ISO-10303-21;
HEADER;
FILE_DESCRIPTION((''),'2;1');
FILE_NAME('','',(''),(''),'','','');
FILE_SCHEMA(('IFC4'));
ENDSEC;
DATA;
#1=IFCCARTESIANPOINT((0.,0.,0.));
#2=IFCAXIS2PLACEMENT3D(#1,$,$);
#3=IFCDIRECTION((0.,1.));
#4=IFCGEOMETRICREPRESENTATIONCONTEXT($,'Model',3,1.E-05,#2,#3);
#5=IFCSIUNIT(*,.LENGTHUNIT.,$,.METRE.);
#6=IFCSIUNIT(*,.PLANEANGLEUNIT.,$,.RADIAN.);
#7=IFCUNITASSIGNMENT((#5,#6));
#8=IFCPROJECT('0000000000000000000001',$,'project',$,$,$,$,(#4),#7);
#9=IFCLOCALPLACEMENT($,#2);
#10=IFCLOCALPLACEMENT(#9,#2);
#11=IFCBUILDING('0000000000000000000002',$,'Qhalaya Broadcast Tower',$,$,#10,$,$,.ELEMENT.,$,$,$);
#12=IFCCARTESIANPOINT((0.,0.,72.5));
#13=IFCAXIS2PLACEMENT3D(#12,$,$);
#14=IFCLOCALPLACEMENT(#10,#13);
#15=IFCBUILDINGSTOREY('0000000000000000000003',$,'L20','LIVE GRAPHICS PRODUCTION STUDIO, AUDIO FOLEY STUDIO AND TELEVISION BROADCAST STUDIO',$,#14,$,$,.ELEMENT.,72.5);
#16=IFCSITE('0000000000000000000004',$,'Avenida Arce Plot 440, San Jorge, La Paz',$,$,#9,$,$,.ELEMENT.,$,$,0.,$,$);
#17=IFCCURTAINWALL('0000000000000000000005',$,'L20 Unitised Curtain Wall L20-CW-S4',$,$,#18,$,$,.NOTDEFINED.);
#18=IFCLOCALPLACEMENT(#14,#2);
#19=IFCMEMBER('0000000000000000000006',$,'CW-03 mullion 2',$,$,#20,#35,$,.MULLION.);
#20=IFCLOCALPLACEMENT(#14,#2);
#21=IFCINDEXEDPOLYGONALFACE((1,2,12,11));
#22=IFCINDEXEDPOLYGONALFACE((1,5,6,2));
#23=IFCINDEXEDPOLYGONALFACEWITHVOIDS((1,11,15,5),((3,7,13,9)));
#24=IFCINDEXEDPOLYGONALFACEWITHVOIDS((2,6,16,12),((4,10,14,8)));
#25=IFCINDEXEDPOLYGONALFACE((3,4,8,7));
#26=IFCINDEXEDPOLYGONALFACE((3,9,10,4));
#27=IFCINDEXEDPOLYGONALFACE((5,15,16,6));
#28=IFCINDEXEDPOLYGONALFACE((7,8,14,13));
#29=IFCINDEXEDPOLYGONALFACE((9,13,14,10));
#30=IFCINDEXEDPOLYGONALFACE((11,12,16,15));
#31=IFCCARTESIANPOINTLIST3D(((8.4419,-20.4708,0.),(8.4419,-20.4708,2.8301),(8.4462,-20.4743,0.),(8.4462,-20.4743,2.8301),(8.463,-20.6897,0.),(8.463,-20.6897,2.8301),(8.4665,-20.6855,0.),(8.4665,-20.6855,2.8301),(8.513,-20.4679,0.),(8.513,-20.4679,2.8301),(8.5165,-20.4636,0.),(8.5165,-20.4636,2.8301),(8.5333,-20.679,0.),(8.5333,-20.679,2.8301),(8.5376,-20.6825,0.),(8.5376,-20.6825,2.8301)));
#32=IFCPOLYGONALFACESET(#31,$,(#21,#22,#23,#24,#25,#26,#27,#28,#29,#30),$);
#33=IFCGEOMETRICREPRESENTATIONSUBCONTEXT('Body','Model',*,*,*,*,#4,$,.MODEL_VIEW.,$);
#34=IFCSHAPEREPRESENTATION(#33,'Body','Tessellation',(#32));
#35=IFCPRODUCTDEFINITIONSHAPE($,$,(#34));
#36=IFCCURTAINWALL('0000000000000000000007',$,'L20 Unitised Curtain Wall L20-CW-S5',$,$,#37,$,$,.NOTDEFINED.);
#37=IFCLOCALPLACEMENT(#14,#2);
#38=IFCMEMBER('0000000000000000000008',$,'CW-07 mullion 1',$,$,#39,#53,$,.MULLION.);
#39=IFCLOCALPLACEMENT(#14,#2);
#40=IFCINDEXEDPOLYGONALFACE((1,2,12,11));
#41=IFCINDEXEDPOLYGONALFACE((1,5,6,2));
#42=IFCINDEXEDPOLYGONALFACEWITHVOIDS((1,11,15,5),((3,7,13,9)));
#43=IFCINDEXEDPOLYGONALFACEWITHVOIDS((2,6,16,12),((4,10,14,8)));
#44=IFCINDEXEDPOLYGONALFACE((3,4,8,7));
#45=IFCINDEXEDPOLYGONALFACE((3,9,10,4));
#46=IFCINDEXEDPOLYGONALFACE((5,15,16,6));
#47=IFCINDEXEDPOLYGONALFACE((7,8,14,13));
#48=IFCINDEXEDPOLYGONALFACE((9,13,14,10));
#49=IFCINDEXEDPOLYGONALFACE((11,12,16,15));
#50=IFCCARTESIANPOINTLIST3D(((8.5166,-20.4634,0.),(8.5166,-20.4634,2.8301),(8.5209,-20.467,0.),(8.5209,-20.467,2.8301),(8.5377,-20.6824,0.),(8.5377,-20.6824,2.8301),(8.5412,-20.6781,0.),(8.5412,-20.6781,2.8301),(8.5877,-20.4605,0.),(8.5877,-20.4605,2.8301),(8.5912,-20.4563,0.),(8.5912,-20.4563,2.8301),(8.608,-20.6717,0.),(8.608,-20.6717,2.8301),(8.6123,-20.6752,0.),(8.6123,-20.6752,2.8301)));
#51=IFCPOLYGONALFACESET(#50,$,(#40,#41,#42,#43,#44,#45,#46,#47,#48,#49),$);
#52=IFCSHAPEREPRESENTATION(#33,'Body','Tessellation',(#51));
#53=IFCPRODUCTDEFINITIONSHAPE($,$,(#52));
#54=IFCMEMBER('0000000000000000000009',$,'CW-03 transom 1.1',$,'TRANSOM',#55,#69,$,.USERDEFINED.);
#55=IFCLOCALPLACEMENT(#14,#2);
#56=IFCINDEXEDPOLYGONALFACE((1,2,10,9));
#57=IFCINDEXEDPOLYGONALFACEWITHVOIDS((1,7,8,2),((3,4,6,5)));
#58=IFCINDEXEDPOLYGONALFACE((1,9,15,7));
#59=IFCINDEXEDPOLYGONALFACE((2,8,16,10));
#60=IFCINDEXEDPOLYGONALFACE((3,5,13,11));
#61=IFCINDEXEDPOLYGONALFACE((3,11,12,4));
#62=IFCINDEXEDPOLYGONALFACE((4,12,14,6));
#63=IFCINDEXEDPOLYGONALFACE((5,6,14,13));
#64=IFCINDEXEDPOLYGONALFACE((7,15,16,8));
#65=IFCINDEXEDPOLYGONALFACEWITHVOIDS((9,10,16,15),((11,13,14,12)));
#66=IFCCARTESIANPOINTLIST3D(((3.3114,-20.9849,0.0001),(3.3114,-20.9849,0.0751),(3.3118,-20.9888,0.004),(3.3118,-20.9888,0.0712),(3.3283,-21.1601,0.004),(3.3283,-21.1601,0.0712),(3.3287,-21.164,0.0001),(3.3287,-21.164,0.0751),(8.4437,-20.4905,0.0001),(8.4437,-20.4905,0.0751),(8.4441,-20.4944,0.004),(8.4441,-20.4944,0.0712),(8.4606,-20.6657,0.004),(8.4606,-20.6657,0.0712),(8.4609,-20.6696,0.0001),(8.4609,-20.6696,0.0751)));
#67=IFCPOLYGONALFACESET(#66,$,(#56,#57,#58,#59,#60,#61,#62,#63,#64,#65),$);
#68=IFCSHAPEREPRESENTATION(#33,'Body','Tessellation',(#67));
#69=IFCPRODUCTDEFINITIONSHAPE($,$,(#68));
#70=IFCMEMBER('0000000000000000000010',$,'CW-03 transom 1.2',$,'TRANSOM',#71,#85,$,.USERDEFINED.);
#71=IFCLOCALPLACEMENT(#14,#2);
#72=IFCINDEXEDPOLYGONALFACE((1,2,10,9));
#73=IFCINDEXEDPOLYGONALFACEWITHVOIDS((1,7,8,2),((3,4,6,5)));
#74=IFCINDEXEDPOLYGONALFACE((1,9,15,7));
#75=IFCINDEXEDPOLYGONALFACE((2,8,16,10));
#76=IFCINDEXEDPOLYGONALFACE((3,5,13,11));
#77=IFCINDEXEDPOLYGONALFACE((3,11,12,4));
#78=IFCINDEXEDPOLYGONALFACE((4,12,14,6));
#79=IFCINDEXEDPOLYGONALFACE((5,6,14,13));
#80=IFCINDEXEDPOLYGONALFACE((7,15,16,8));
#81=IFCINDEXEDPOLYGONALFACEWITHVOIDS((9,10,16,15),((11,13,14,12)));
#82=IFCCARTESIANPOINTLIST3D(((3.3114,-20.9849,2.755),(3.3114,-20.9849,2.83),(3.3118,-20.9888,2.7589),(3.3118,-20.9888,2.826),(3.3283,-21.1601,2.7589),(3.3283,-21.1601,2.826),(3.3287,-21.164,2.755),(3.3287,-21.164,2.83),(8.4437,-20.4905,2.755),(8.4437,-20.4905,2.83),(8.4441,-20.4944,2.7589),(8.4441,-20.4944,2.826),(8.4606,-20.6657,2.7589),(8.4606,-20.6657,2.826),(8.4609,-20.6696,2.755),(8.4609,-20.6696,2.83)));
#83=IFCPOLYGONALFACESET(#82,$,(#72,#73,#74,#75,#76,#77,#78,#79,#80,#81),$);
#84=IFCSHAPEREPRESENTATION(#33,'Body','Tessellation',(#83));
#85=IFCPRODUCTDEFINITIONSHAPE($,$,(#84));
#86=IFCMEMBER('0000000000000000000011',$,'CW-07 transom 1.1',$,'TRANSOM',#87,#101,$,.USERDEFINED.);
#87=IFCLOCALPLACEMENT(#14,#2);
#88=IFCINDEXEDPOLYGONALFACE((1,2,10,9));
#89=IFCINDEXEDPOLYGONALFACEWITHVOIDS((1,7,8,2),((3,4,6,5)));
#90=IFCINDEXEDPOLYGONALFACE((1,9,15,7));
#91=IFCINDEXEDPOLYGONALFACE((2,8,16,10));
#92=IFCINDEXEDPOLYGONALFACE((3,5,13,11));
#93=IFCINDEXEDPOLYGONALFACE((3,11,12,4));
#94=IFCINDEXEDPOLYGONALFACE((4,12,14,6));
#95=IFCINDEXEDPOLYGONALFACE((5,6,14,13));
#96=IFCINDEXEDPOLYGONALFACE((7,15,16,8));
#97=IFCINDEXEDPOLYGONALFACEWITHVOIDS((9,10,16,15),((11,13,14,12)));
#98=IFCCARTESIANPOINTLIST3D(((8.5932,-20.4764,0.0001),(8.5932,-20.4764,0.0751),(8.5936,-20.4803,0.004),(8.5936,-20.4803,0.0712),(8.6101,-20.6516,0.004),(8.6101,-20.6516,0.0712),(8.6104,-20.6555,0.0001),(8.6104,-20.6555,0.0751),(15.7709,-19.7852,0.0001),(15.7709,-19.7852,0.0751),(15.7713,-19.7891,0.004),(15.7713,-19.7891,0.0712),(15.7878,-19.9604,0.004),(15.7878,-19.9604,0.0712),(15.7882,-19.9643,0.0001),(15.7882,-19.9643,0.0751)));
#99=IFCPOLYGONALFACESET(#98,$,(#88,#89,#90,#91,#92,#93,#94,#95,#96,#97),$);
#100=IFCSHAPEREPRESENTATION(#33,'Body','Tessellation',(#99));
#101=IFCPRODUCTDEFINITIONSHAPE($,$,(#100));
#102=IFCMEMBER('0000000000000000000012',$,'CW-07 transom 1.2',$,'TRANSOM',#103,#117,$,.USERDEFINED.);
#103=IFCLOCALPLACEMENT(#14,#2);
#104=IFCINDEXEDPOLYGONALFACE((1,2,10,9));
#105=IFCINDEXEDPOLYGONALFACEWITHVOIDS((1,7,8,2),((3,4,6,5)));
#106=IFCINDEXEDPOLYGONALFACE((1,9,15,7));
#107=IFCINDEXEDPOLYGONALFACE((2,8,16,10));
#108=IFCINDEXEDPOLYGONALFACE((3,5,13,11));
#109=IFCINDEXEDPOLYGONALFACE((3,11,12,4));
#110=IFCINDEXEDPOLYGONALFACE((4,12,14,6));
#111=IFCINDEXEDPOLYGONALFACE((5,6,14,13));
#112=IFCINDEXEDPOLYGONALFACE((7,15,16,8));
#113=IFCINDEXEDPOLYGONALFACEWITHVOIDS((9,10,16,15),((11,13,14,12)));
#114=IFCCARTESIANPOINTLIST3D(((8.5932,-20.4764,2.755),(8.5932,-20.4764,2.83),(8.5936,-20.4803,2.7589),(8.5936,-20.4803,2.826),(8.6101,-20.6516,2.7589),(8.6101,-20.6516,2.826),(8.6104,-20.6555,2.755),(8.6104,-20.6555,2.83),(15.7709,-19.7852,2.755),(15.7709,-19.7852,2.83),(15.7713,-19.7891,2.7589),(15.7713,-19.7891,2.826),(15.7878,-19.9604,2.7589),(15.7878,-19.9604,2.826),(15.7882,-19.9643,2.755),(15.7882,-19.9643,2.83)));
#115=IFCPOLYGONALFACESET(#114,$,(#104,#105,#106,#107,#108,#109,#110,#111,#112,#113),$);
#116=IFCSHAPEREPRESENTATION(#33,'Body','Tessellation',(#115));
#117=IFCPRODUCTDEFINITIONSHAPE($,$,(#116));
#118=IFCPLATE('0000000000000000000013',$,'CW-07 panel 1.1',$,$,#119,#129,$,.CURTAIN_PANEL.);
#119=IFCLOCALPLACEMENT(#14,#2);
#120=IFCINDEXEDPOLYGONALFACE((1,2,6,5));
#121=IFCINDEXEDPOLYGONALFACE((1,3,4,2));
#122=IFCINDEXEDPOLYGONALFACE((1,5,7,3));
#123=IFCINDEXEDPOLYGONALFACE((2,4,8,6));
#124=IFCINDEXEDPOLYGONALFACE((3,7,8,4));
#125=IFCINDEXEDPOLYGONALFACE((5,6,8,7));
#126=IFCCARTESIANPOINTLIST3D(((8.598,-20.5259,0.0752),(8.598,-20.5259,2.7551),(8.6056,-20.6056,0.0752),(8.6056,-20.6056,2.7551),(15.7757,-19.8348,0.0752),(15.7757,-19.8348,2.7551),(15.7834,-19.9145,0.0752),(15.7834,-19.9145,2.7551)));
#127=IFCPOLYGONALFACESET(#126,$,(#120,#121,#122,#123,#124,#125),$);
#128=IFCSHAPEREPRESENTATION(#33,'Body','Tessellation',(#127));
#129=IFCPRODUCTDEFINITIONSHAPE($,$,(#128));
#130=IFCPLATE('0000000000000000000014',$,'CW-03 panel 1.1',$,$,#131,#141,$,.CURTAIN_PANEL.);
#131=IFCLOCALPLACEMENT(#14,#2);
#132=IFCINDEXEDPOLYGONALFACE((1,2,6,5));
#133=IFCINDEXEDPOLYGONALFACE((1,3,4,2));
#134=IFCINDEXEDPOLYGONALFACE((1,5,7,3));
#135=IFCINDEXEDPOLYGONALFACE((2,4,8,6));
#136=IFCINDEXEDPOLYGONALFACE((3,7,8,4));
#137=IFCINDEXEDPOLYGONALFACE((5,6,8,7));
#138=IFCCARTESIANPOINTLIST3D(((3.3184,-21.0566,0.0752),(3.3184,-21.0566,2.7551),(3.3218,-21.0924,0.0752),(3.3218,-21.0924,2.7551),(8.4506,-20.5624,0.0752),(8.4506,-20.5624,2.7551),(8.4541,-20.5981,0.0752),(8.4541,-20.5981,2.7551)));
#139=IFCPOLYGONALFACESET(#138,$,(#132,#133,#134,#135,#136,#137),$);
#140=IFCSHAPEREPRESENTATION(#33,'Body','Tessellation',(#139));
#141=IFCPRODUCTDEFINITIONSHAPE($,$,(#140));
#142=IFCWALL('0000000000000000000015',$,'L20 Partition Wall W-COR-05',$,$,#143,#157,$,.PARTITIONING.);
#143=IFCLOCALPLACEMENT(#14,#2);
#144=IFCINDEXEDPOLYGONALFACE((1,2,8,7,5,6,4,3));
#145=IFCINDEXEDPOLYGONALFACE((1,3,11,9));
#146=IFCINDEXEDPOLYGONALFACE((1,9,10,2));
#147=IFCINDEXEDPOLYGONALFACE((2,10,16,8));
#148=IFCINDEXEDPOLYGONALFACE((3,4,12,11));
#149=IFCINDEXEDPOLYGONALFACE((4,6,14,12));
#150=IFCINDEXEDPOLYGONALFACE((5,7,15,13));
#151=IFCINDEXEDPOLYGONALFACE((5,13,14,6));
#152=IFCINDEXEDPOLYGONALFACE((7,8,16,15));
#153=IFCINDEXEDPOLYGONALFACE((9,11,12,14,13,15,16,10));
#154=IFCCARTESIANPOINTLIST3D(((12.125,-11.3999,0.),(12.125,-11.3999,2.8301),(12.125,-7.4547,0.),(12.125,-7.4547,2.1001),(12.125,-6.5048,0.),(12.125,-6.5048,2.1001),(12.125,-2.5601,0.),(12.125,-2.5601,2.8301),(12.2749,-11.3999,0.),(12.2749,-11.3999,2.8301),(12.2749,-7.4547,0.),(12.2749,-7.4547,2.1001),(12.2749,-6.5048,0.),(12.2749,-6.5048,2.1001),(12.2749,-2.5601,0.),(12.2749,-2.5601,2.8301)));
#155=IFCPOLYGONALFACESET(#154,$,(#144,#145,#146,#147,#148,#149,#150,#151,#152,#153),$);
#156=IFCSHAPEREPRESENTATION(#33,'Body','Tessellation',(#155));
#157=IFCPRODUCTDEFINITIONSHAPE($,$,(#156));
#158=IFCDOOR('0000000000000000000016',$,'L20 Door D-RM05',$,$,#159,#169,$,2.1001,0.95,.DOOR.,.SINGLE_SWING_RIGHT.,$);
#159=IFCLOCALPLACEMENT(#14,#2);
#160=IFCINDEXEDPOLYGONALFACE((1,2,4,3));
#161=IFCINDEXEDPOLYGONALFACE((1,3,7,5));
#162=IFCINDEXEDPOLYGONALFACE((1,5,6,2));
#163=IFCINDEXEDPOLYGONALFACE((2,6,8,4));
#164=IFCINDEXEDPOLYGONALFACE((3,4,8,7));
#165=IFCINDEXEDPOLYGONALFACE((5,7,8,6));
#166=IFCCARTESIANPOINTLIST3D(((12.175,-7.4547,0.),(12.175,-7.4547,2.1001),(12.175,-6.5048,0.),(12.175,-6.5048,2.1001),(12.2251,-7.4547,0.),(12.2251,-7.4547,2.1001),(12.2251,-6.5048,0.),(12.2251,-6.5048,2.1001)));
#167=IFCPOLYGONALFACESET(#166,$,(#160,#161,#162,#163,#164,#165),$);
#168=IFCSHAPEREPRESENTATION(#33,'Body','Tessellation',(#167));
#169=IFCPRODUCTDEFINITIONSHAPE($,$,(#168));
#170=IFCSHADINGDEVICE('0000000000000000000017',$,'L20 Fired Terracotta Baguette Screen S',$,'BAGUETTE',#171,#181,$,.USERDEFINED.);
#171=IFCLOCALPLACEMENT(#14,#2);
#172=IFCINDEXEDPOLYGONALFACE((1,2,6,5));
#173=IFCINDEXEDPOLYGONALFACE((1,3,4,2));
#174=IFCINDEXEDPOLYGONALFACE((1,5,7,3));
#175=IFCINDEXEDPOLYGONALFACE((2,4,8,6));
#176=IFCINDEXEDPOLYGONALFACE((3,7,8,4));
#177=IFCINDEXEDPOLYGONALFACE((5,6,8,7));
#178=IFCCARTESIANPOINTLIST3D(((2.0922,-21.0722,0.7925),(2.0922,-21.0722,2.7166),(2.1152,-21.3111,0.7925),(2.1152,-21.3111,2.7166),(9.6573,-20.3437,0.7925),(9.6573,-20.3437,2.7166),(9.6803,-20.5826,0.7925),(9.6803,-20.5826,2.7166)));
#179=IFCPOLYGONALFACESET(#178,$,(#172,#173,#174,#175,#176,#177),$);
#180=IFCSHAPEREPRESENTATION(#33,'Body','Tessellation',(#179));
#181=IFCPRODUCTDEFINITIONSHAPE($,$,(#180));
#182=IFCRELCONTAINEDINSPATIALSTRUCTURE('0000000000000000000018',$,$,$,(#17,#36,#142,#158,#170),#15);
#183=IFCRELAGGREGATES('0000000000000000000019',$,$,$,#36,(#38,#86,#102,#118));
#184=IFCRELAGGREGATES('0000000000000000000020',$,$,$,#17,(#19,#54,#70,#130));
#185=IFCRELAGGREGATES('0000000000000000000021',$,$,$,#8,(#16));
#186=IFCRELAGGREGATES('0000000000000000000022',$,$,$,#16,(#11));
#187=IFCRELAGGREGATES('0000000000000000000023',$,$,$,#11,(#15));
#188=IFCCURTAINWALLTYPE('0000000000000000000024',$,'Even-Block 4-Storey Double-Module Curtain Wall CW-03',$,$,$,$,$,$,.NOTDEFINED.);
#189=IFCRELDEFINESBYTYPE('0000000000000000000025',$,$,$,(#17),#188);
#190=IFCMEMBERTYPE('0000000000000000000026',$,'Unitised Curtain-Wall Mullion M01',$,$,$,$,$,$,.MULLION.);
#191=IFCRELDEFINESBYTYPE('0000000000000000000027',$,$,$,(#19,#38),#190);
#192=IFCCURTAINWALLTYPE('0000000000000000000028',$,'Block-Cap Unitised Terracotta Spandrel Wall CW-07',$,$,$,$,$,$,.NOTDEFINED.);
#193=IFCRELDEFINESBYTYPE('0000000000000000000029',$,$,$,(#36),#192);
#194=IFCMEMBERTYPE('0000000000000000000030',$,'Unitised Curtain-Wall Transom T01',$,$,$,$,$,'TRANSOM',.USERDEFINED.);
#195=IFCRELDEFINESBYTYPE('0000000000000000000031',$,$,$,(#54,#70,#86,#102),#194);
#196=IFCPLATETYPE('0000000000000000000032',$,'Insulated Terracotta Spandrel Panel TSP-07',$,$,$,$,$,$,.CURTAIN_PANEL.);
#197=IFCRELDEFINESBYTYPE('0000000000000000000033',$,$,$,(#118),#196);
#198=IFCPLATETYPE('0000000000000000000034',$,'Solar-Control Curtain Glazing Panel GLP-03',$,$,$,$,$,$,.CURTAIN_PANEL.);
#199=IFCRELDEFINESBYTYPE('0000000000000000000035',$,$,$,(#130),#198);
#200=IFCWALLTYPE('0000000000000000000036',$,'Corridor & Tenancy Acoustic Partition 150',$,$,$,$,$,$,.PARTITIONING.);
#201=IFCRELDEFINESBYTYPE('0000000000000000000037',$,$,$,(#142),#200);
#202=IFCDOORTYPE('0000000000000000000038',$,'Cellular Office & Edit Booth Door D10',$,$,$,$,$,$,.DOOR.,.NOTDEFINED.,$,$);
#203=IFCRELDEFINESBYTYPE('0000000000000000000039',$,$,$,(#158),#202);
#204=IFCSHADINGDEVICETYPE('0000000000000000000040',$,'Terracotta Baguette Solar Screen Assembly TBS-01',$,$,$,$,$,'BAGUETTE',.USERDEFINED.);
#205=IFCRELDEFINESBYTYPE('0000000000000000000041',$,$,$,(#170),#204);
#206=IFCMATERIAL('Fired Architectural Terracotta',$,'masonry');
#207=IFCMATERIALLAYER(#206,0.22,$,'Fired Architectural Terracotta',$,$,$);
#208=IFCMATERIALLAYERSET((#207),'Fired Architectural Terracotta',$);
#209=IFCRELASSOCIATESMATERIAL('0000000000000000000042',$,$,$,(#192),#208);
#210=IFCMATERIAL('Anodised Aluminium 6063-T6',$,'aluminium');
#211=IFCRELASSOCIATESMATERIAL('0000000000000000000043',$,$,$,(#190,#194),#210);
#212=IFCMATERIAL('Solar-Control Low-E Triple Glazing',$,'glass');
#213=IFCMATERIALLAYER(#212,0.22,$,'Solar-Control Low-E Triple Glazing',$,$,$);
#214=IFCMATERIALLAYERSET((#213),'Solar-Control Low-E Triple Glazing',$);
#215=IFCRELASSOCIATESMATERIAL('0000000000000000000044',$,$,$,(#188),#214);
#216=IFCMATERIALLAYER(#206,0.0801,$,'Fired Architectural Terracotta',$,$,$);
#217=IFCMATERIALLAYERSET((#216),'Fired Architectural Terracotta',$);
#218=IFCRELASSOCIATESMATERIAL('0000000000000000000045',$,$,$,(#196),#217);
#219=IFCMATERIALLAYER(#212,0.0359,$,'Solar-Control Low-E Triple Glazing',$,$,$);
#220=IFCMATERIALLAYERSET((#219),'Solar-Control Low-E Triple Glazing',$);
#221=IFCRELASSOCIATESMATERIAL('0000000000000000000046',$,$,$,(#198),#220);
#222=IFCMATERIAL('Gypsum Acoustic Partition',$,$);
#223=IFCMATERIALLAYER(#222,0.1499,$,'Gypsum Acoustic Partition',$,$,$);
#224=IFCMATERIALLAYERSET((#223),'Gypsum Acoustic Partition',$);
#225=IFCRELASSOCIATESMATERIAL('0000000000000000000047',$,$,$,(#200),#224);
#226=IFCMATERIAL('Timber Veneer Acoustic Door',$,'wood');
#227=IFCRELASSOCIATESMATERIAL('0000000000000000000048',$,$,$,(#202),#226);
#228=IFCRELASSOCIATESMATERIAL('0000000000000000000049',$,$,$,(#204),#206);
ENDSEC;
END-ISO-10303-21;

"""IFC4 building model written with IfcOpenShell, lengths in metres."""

from ifc_helpers import new_model, si_unit, direction, frame, frame_2d, origin, origin_2d, place, context, subcontext, project, spatial, rectangle, hollow_rectangle, extrude, material, layer, layer_set, material_profile, profile_set, type_object, element, fill, aggregate, save


model = new_model("IFC4")

# Units and contexts
model_context = context("Model", 3, precision=1e-05, world=origin(), true_north=direction((0.0, 1.0)))
body_context = subcontext(model_context, "Body", "Model", "MODEL_VIEW")
ifc_project = project(units=[si_unit("LENGTHUNIT", "METRE"), si_unit("PLANEANGLEUNIT", "RADIAN")], contexts=[model_context])

# Site, building, storey
site_placement = place(None, origin())
site = spatial("IfcSite", under=ifc_project, at=site_placement, Name="Avenida Arce Plot 440, San Jorge, La Paz", CompositionType="ELEMENT", RefElevation=0.0)
building_placement = place(site_placement, origin())
building = spatial("IfcBuilding", under=site, at=building_placement, Name="Qhalaya Broadcast Tower", CompositionType="ELEMENT")
storey_placement = place(building_placement, frame((0.0, 0.0, 72.5)))
storey = spatial("IfcBuildingStorey", under=building, at=storey_placement, Name="L20", Description="LIVE GRAPHICS PRODUCTION STUDIO, AUDIO FOLEY STUDIO AND TELEVISION BROADCAST STUDIO", CompositionType="ELEMENT", Elevation=72.5)

# Shared definitions
ifc_material_1 = material(Name="Fired Architectural Terracotta", Category="masonry")
ifc_layer_1 = layer(ifc_material_1, 0.22, Name="Fired Architectural Terracotta")
ifc_layer_set_1 = layer_set([ifc_layer_1], Name="Fired Architectural Terracotta")
curtain_wall_type_1 = type_object("IfcCurtainWallType", Name="Block-Cap Unitised Terracotta Spandrel Wall CW-07", PredefinedType="NOTDEFINED", material=ifc_layer_set_1)
ifc_material_2 = material(Name="Anodised Aluminium 6063-T6", Category="aluminium")
ifc_material_profile_1 = material_profile(ifc_material_2, hollow_rectangle(XDim=0.075, YDim=0.22, WallThickness=0.0039, at=origin_2d()), Name="ALU-MUL 75x220x4")
ifc_profile_set_1 = profile_set([ifc_material_profile_1], Name="Anodised Aluminium 6063-T6")
member_type_1 = type_object("IfcMemberType", Name="Unitised Curtain-Wall Mullion M01", PredefinedType="MULLION", material=ifc_profile_set_1)

# Curtain wall, member
ifc_material_3 = material(Name="Solar-Control Low-E Triple Glazing", Category="glass")
ifc_layer_2 = layer(ifc_material_3, 0.22, Name="Solar-Control Low-E Triple Glazing")
ifc_layer_set_2 = layer_set([ifc_layer_2], Name="Solar-Control Low-E Triple Glazing")
curtain_wall_type_2 = type_object("IfcCurtainWallType", Name="Even-Block 4-Storey Double-Module Curtain Wall CW-03", PredefinedType="NOTDEFINED", material=ifc_layer_set_2)
curtain_wall_1_placement = place(storey_placement, origin())
curtain_wall_1 = element("IfcCurtainWall", 1, at=curtain_wall_1_placement, inside=storey, type_object=curtain_wall_type_2, Name="L20 Unitised Curtain Wall L20-CW-S4", PredefinedType="NOTDEFINED")
member_1_placement = place(storey_placement, frame((8.4897, -20.5767, 0.0), z_axis=(0.0, 0.0, 1.0), x_axis=(0.995395, 0.095853, 0.0)))
member_1 = element("IfcMember", 2, at=member_1_placement, type_object=member_type_1, Name="CW-03 mullion 2", PredefinedType="MULLION", context=body_context, shape_type="SweptSolid", body=[
    extrude(hollow_rectangle(XDim=0.075, YDim=0.22, WallThickness=0.0039, at=origin_2d()), origin(), (0.0, 0.0, 1.0), 2.8301),
])

# Curtain wall, member
curtain_wall_2_placement = place(storey_placement, origin())
curtain_wall_2 = element("IfcCurtainWall", 3, at=curtain_wall_2_placement, inside=storey, type_object=curtain_wall_type_1, Name="L20 Unitised Curtain Wall L20-CW-S5", PredefinedType="NOTDEFINED")
member_2_placement = place(storey_placement, frame((8.5645, -20.5693, 0.0), z_axis=(0.0, 0.0, 1.0), x_axis=(0.995396, 0.095843, 0.0)))
member_2 = element("IfcMember", 4, at=member_2_placement, type_object=member_type_1, Name="CW-07 mullion 1", PredefinedType="MULLION", context=body_context, shape_type="SweptSolid", body=[
    extrude(hollow_rectangle(XDim=0.075, YDim=0.22, WallThickness=0.0039, at=origin_2d()), origin(), (0.0, 0.0, 1.0), 2.8301),
])

# Members
ifc_material_profile_2 = material_profile(ifc_material_2, hollow_rectangle(XDim=0.075, YDim=0.1799, WallThickness=0.0039, at=origin_2d()), Name="ALU-TRN 75x180x4")
ifc_profile_set_2 = profile_set([ifc_material_profile_2], Name="Anodised Aluminium 6063-T6")
member_type_2 = type_object("IfcMemberType", Name="Unitised Curtain-Wall Transom T01", ElementType="TRANSOM", PredefinedType="USERDEFINED", material=ifc_profile_set_2)
member_3_placement = place(storey_placement, frame((3.3201, -21.0745, 0.0376), z_axis=(0.995393, 0.095884, 0.0), x_axis=(0.0, 0.0, 1.0)))
member_3 = element("IfcMember", 5, at=member_3_placement, type_object=member_type_2, Name="CW-03 transom 1.1", ObjectType="TRANSOM", PredefinedType="USERDEFINED", context=body_context, shape_type="SweptSolid", body=[
    extrude(hollow_rectangle(XDim=0.075, YDim=0.1799, WallThickness=0.0039, at=origin_2d()), origin(), (0.0, 0.0, 1.0), 5.156),
])
member_4_placement = place(storey_placement, frame((3.3201, -21.0745, 2.7925), z_axis=(0.995393, 0.095884, 0.0), x_axis=(0.0, 0.0, 1.0)))
member_4 = element("IfcMember", 6, at=member_4_placement, type_object=member_type_2, Name="CW-03 transom 1.2", ObjectType="TRANSOM", PredefinedType="USERDEFINED", context=body_context, shape_type="SweptSolid", body=[
    extrude(hollow_rectangle(XDim=0.075, YDim=0.1799, WallThickness=0.0039, at=origin_2d()), origin(), (0.0, 0.0, 1.0), 5.156),
])
member_5_placement = place(storey_placement, frame((8.6018, -20.5659, 0.0376), z_axis=(0.995396, 0.095849, 0.0), x_axis=(0.0, 0.0, 1.0)))
member_5 = element("IfcMember", 7, at=member_5_placement, type_object=member_type_2, Name="CW-07 transom 1.1", ObjectType="TRANSOM", PredefinedType="USERDEFINED", context=body_context, shape_type="SweptSolid", body=[
    extrude(hollow_rectangle(XDim=0.075, YDim=0.1799, WallThickness=0.0039, at=origin_2d()), origin(), (0.0, 0.0, 1.0), 7.2109),
])
member_6_placement = place(storey_placement, frame((8.6018, -20.5659, 2.7925), z_axis=(0.995396, 0.095849, 0.0), x_axis=(0.0, 0.0, 1.0)))
member_6 = element("IfcMember", 8, at=member_6_placement, type_object=member_type_2, Name="CW-07 transom 1.2", ObjectType="TRANSOM", PredefinedType="USERDEFINED", context=body_context, shape_type="SweptSolid", body=[
    extrude(hollow_rectangle(XDim=0.075, YDim=0.1799, WallThickness=0.0039, at=origin_2d()), origin(), (0.0, 0.0, 1.0), 7.2109),
])

# Plates
ifc_layer_3 = layer(ifc_material_1, 0.0801, Name="Fired Architectural Terracotta")
ifc_layer_set_3 = layer_set([ifc_layer_3], Name="Fired Architectural Terracotta")
plate_type_1 = type_object("IfcPlateType", Name="Insulated Terracotta Spandrel Panel TSP-07", PredefinedType="CURTAIN_PANEL", material=ifc_layer_set_3)
plate_1_placement = place(storey_placement, frame((12.1907, -20.2202, 0.0752), z_axis=(0.0, 0.0, 1.0), x_axis=(0.995396, 0.095843, 0.0)))
plate_1 = element("IfcPlate", 9, at=plate_1_placement, type_object=plate_type_1, Name="CW-07 panel 1.1", PredefinedType="CURTAIN_PANEL", context=body_context, shape_type="SweptSolid", body=[
    extrude(rectangle(XDim=7.2109, YDim=0.0801, at=origin_2d()), origin(), (0.0, 0.0, 1.0), 2.6799),
])
aggregate(curtain_wall_2, [member_2, member_5, member_6, plate_1])
ifc_layer_4 = layer(ifc_material_3, 0.0359, Name="Solar-Control Low-E Triple Glazing")
ifc_layer_set_4 = layer_set([ifc_layer_4], Name="Solar-Control Low-E Triple Glazing")
plate_type_2 = type_object("IfcPlateType", Name="Solar-Control Curtain Glazing Panel GLP-03", PredefinedType="CURTAIN_PANEL", material=ifc_layer_set_4)
plate_2_placement = place(storey_placement, frame((5.8862, -20.8274, 0.0752), z_axis=(0.0, 0.0, 1.0), x_axis=(0.995395, 0.095853, 0.0)))
plate_2 = element("IfcPlate", 10, at=plate_2_placement, type_object=plate_type_2, Name="CW-03 panel 1.1", PredefinedType="CURTAIN_PANEL", context=body_context, shape_type="SweptSolid", body=[
    extrude(rectangle(XDim=5.156, YDim=0.0359, at=origin_2d()), origin(), (0.0, 0.0, 1.0), 2.6799),
])
aggregate(curtain_wall_1, [member_1, member_3, member_4, plate_2])

# Wall, opening, door
ifc_material_4 = material(Name="Gypsum Acoustic Partition")
ifc_layer_5 = layer(ifc_material_4, 0.1499, Name="Gypsum Acoustic Partition")
ifc_layer_set_5 = layer_set([ifc_layer_5], Name="Gypsum Acoustic Partition")
wall_type = type_object("IfcWallType", Name="Corridor & Tenancy Acoustic Partition 150", PredefinedType="PARTITIONING", material=ifc_layer_set_5)
wall_placement = place(storey_placement, frame((12.2, -11.3999, 0.0), z_axis=(0.0, 0.0, 1.0), x_axis=(0.0, 1.0, 0.0)))
wall = element("IfcWall", 11, at=wall_placement, inside=storey, type_object=wall_type, Name="L20 Partition Wall W-COR-05", PredefinedType="PARTITIONING", context=body_context, shape_type="SweptSolid", body=[
    extrude(rectangle(XDim=8.8398, YDim=0.1499, at=frame_2d((4.4199, 0.0))), origin(), (0.0, 0.0, 1.0), 2.8301),
])
opening_placement = place(wall_placement, frame((3.9451, 0.0, 0.0)))
opening = element("IfcOpeningElement", 12, at=opening_placement, cuts=wall, PredefinedType="OPENING", context=body_context, shape_type="SweptSolid", body=[
    extrude(rectangle(XDim=0.95, YDim=2.1001, at=frame_2d((0.4751, 1.05))), frame((0.0, 0.0869, 0.0), z_axis=(0.0, -1.0, 0.0), x_axis=(1.0, 0.0, 0.0)), (0.0, 0.0, 1.0), 0.1738),
])
ifc_material_5 = material(Name="Timber Veneer Acoustic Door", Category="wood")
door_type = type_object("IfcDoorType", Name="Cellular Office & Edit Booth Door D10", OperationType="NOTDEFINED", PredefinedType="DOOR", material=ifc_material_5)
door_placement = place(opening_placement, origin())
door = element("IfcDoor", 13, at=door_placement, inside=storey, type_object=door_type, Name="L20 Door D-RM05", OperationType="SINGLE_SWING_RIGHT", OverallHeight=2.1001, OverallWidth=0.95, PredefinedType="DOOR", context=body_context, shape_type="SweptSolid", body=[
    extrude(rectangle(XDim=0.95, YDim=2.1001, at=frame_2d((0.4751, 1.05))), frame((0.0, 0.0249, 0.0), z_axis=(0.0, -1.0, 0.0), x_axis=(1.0, 0.0, 0.0)), (0.0, 0.0, 1.0), 0.05),
])
fill(opening, door)

# Shading device
shading_device_type = type_object("IfcShadingDeviceType", Name="Terracotta Baguette Solar Screen Assembly TBS-01", ElementType="BAGUETTE", PredefinedType="USERDEFINED", material=ifc_material_1)
shading_device_placement = place(storey_placement, frame((5.8862, -20.8274, 0.7925), z_axis=(0.0, 0.0, 1.0), x_axis=(0.995396, 0.095846, 0.0)))
element("IfcShadingDevice", 14, at=shading_device_placement, inside=storey, type_object=shading_device_type, Name="L20 Fired Terracotta Baguette Screen S", ObjectType="BAGUETTE", PredefinedType="USERDEFINED", context=body_context, shape_type="SweptSolid", body=[
    extrude(rectangle(XDim=7.6001, YDim=0.24, at=origin_2d()), origin(), (0.0, 0.0, 1.0), 1.9241),
])

save(model, "model.ifc")
